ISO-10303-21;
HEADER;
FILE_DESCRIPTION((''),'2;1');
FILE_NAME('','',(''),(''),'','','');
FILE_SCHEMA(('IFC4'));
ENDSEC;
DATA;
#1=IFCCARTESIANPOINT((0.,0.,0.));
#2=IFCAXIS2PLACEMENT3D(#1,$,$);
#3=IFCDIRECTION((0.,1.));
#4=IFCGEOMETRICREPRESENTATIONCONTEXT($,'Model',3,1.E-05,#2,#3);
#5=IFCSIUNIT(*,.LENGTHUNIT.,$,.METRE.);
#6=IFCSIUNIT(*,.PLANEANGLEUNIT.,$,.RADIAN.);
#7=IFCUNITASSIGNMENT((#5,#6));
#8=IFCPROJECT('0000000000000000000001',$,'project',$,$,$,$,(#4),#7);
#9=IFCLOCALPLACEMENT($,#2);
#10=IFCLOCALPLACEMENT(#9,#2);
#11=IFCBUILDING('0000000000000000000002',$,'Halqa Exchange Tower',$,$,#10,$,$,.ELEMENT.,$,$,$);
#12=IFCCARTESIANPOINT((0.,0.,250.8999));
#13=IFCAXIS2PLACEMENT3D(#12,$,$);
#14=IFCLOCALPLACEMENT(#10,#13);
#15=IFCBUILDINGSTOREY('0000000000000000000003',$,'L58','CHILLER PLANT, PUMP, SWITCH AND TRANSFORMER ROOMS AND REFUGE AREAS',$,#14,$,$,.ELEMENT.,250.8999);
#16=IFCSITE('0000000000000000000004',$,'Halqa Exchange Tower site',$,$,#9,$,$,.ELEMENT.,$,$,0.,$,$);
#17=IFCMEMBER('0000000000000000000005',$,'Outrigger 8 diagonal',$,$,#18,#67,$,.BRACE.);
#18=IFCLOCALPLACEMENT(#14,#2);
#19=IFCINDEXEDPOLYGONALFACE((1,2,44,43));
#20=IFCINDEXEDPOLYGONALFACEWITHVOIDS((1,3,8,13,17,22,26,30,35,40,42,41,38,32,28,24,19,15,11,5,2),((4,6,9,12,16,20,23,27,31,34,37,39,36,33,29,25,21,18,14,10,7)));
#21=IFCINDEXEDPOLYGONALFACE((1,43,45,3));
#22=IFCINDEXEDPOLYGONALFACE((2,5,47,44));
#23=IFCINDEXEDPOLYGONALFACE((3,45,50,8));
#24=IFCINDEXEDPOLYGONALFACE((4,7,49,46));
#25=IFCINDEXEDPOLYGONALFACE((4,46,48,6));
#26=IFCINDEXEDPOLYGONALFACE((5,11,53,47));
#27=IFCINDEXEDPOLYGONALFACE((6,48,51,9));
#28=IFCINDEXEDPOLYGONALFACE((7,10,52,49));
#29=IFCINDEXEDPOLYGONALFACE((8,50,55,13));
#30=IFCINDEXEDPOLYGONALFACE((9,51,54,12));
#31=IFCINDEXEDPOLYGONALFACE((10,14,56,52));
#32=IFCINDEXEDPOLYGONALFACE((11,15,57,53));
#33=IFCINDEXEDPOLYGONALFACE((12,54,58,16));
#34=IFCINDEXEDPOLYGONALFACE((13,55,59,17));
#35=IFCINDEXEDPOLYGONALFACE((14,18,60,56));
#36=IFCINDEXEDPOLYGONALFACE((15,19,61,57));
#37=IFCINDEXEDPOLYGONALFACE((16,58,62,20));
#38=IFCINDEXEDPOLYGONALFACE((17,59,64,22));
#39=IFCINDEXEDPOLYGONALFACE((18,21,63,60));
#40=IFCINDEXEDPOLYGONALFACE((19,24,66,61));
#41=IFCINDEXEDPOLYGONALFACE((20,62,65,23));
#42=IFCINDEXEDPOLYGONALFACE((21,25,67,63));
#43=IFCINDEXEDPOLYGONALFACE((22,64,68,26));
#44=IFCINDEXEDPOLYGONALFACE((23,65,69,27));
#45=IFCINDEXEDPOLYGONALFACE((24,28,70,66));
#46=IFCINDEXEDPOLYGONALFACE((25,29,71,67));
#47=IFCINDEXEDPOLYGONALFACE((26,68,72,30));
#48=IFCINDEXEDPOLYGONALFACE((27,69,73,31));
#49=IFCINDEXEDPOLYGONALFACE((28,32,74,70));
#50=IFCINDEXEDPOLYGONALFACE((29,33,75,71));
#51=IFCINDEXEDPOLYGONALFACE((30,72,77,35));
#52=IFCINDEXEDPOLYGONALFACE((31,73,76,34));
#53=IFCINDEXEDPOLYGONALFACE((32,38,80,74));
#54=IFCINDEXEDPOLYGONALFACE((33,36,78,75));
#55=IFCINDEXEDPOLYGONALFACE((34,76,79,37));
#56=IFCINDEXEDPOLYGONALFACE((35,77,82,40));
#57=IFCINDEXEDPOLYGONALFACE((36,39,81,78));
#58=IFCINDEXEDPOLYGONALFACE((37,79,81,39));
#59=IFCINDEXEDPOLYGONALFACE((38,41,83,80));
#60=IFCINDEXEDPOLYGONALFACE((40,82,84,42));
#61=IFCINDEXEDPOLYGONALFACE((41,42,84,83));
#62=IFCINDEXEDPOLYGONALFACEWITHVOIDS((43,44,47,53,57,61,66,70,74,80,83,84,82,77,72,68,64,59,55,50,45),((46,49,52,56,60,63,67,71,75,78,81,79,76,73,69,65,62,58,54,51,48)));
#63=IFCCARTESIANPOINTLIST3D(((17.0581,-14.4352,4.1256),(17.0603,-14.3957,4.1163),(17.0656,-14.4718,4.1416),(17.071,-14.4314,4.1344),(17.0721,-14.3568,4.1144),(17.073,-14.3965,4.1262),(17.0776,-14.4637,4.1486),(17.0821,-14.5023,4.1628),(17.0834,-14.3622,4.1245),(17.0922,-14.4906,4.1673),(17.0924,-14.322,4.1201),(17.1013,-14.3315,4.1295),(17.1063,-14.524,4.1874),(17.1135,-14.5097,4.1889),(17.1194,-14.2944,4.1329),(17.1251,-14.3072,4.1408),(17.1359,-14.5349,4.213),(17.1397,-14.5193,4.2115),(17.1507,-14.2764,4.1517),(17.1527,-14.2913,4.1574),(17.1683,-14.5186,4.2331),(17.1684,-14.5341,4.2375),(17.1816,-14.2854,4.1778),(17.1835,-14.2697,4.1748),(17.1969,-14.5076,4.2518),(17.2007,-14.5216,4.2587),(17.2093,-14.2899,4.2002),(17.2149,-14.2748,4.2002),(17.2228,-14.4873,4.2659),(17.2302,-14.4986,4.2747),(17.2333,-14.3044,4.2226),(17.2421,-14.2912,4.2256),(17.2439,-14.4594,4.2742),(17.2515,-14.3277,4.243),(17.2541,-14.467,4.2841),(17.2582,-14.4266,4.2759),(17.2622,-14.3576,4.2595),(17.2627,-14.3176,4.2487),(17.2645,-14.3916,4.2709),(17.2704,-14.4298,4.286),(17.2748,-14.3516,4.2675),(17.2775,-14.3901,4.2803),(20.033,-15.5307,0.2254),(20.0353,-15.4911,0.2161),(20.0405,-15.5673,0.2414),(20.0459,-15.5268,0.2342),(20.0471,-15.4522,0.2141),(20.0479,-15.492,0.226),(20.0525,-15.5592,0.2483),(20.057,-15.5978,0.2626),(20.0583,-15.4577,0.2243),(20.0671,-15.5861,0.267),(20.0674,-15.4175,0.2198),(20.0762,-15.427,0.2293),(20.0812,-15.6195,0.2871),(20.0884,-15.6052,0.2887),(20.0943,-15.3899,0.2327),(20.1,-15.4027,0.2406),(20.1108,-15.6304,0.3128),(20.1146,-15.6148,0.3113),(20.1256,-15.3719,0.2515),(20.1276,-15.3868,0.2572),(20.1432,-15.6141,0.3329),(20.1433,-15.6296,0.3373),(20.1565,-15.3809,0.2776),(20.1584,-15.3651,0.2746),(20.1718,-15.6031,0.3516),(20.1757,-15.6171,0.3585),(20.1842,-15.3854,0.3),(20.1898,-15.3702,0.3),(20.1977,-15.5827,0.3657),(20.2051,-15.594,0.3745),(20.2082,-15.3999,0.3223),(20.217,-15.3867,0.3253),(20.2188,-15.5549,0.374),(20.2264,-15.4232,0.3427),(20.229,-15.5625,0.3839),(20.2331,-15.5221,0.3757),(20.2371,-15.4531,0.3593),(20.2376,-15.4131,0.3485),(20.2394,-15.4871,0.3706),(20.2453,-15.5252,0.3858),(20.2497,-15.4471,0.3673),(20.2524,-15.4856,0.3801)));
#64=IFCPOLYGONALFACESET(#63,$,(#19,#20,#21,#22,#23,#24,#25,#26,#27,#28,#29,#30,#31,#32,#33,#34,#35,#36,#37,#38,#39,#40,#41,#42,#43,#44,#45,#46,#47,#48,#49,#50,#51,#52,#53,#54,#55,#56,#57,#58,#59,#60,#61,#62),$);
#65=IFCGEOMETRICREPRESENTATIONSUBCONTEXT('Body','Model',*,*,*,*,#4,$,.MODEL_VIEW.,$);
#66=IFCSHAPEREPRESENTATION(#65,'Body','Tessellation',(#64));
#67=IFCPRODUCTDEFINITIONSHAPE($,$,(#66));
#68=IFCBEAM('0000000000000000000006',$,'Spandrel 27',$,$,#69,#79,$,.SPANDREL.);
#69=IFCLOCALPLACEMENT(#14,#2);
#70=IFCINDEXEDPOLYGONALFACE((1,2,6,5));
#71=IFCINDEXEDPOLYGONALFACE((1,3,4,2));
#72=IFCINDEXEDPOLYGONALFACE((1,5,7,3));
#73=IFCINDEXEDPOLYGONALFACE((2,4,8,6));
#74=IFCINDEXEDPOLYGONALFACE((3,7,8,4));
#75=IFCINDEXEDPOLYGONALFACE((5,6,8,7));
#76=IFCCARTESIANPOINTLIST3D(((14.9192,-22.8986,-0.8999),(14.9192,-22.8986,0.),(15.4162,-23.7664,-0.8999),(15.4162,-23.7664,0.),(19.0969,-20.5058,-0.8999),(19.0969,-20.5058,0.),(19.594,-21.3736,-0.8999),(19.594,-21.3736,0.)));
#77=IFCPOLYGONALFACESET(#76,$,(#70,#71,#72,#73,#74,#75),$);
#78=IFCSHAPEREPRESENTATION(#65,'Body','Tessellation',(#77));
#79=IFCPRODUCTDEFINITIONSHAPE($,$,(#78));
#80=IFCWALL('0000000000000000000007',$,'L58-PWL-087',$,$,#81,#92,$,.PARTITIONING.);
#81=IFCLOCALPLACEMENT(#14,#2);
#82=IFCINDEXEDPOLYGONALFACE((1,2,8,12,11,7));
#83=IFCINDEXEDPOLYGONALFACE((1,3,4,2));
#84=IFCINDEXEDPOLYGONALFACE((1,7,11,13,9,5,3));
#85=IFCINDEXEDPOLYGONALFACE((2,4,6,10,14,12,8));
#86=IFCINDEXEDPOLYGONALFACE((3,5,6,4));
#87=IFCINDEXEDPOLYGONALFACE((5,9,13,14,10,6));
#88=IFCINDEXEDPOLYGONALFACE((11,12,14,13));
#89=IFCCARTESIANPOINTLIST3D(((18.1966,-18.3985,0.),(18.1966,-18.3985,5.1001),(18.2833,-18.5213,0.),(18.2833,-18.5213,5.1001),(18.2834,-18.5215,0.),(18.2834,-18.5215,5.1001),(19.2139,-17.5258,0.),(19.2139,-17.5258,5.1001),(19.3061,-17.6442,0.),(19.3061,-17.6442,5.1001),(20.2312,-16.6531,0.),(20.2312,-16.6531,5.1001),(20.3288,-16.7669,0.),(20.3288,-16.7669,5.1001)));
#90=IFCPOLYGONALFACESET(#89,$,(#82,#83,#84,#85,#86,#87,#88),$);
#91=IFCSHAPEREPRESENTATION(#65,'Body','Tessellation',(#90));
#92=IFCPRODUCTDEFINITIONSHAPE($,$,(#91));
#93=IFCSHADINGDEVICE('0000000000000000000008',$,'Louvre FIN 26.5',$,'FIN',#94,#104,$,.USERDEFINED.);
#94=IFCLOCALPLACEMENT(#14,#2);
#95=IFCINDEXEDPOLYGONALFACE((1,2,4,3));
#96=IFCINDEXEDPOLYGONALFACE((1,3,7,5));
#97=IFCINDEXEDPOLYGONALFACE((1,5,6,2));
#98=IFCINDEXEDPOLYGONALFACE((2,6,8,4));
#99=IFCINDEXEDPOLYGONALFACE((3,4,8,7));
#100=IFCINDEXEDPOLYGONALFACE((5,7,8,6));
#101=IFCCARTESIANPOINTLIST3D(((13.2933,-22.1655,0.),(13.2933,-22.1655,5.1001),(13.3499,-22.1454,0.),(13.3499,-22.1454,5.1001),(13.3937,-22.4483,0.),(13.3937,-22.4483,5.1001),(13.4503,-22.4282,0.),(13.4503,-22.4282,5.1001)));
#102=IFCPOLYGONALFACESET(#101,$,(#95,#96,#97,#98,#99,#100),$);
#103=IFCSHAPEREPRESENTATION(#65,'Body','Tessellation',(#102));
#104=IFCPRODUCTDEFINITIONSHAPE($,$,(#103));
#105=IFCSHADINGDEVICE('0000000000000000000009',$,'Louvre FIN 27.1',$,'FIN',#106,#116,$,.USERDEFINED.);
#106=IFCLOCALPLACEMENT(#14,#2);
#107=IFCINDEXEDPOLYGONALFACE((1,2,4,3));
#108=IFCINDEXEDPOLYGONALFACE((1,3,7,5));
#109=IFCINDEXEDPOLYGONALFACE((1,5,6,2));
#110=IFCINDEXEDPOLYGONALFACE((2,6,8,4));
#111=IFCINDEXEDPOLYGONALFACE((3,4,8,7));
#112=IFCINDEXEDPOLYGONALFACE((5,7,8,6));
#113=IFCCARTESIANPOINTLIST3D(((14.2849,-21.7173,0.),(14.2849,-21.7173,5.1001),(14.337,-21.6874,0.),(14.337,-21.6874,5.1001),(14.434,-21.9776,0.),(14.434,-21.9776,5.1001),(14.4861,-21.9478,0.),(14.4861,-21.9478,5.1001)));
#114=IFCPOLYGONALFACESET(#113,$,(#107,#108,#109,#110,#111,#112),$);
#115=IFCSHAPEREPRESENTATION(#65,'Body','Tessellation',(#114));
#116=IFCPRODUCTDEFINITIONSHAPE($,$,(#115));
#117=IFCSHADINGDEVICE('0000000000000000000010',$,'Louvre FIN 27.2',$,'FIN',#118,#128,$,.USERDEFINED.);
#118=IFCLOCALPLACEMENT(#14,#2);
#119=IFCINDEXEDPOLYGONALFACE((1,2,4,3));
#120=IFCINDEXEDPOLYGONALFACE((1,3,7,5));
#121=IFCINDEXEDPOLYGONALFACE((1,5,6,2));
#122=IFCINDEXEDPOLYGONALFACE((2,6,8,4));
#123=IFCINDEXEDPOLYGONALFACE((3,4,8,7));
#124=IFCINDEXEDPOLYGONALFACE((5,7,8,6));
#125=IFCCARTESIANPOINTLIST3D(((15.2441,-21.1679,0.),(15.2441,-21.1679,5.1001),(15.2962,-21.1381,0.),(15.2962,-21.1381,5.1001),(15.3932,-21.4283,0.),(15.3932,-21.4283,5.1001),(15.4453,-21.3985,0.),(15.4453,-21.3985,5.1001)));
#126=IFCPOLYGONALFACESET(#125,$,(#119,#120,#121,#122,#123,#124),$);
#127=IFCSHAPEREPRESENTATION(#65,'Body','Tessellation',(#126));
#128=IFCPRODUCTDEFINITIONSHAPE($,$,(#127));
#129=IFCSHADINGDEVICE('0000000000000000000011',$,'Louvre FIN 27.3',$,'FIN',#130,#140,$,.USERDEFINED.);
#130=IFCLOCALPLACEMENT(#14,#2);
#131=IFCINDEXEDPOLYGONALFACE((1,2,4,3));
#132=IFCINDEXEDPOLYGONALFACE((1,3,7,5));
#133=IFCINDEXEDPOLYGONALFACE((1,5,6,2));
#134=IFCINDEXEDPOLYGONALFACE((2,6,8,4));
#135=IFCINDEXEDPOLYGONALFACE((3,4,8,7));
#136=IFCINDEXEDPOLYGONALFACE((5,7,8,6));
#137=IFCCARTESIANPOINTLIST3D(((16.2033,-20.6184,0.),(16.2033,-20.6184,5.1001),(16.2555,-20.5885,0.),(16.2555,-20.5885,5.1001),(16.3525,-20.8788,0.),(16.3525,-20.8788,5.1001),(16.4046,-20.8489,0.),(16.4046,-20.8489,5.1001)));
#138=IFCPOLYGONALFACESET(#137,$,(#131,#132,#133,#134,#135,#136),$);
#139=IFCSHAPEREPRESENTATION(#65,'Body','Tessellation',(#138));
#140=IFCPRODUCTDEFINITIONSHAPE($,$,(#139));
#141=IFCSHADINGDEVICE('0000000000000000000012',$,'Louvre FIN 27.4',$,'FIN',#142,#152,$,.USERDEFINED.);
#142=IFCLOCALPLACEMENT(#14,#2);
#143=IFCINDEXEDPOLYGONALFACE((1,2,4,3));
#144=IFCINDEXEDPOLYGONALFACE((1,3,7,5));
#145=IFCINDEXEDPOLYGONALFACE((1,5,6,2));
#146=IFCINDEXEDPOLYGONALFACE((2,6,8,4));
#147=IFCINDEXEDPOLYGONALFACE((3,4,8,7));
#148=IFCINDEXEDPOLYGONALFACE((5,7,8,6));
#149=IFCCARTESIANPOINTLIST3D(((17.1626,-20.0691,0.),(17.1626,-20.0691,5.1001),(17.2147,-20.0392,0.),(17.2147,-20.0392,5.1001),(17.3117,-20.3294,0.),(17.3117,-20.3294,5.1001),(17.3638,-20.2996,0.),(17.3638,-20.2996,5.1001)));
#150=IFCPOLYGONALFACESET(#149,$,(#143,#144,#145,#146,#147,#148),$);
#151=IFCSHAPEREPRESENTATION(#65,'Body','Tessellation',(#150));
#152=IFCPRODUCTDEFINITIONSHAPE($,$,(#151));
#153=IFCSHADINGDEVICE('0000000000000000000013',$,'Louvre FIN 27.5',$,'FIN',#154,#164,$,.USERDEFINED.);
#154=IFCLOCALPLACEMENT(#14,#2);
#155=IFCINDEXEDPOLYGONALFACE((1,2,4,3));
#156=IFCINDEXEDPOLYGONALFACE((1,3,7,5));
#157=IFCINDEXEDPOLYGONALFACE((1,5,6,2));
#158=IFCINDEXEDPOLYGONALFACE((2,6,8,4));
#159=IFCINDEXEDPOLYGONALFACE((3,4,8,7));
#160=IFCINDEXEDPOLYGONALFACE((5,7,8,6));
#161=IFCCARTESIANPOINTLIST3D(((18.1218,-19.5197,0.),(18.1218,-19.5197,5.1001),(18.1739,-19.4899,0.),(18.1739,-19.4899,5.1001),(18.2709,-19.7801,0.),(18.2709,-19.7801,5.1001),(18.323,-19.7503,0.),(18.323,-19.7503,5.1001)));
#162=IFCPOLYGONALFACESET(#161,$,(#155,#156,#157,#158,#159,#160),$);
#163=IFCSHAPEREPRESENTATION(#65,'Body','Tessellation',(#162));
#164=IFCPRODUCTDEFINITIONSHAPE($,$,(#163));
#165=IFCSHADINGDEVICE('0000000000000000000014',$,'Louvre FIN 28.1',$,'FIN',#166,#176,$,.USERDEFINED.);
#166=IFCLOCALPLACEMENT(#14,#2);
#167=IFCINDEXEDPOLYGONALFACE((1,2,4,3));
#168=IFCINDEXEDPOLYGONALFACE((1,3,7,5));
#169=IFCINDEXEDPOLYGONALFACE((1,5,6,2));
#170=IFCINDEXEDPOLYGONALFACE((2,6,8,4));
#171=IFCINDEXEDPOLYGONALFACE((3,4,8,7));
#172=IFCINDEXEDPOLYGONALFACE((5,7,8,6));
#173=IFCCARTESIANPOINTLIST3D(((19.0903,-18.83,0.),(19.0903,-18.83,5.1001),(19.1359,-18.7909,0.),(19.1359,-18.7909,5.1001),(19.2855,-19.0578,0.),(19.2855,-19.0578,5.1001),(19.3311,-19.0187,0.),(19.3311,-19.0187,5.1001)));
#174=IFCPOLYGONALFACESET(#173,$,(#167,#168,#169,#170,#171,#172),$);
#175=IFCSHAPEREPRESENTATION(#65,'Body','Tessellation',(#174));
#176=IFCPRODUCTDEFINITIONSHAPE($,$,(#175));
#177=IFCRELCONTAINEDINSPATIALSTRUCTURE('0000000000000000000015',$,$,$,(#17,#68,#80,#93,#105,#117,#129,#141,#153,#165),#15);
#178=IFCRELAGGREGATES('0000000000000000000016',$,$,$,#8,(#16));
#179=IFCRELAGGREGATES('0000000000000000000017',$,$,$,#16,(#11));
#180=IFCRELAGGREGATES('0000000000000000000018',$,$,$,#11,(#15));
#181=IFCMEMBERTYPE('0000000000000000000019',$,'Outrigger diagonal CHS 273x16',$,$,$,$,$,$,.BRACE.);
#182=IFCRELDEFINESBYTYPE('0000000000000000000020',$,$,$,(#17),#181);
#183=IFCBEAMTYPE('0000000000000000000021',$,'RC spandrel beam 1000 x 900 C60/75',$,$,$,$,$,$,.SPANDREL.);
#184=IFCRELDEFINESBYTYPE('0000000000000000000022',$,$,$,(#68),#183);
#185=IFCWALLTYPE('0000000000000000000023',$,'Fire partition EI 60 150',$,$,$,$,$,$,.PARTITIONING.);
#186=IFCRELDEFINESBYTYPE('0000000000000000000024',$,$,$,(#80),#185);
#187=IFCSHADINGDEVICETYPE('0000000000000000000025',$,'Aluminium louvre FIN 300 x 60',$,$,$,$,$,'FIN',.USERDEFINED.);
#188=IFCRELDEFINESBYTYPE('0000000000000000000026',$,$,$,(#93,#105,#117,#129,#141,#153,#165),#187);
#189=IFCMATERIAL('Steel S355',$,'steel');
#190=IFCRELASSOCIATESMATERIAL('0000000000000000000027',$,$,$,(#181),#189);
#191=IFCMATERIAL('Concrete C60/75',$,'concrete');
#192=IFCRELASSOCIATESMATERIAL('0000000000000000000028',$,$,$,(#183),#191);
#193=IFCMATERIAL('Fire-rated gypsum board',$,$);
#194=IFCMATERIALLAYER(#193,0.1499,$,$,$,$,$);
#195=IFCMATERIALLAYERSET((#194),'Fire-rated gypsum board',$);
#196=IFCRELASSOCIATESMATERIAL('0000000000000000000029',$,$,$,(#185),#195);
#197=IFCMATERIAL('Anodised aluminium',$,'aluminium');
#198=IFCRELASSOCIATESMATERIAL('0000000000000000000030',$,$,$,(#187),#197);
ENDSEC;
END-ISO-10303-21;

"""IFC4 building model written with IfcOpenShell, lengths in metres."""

from ifc_helpers import new_model, si_unit, direction, frame, origin, origin_2d, place, context, subcontext, project, spatial, polyline, rectangle, hollow_circle, outline, extrude, material, layer, layer_set, material_profile, profile_set, type_object, element, save


model = new_model("IFC4")

# Units and contexts
model_context = context("Model", 3, precision=1e-05, world=origin(), true_north=direction((0.0, 1.0)))
body_context = subcontext(model_context, "Body", "Model", "MODEL_VIEW")
ifc_project = project(units=[si_unit("LENGTHUNIT", "METRE"), si_unit("PLANEANGLEUNIT", "RADIAN")], contexts=[model_context])

# Site, building, storey
site_placement = place(None, origin())
site = spatial("IfcSite", under=ifc_project, at=site_placement, Name="Halqa Exchange Tower site", CompositionType="ELEMENT", RefElevation=0.0)
building_placement = place(site_placement, origin())
building = spatial("IfcBuilding", under=site, at=building_placement, Name="Halqa Exchange Tower", CompositionType="ELEMENT")
storey_placement = place(building_placement, frame((0.0, 0.0, 250.8999)))
storey = spatial("IfcBuildingStorey", under=building, at=storey_placement, Name="L58", Description="CHILLER PLANT, PUMP, SWITCH AND TRANSFORMER ROOMS AND REFUGE AREAS", CompositionType="ELEMENT", Elevation=250.8999)

# Shared definitions
ifc_material_1 = material(Name="Concrete C60/75", Category="concrete")

# Member
ifc_material_2 = material(Name="Steel S355", Category="steel")
ifc_material_profile_1 = material_profile(ifc_material_2, hollow_circle(Radius=0.1365, WallThickness=0.0161, at=origin_2d()), Name="CHS 273x16")
ifc_profile_set_1 = profile_set([ifc_material_profile_1], Name="Steel S355")
member_type_1 = type_object("IfcMemberType", Name="Outrigger diagonal CHS 273x16", PredefinedType="BRACE", material=ifc_profile_set_1)
member_1_placement = place(storey_placement, frame((17.1677, -14.4028, 4.2002), z_axis=(0.59189, -0.217957, -0.77599), x_axis=(0.345555, 0.938398, 0.0)))
element("IfcMember", 1, at=member_1_placement, inside=storey, type_object=member_type_1, Name="Outrigger 8 diagonal", PredefinedType="BRACE", context=body_context, shape_type="SweptSolid", body=[
    extrude(hollow_circle(Radius=0.1365, WallThickness=0.0161, at=origin_2d()), origin(), (0.0, 0.0, 1.0), 5.0261),
])

# Beam
ifc_material_profile_2 = material_profile(ifc_material_1, rectangle(XDim=1.0, YDim=0.8999, at=origin_2d()), Name="1000 x 900")
ifc_profile_set_2 = profile_set([ifc_material_profile_2], Name="Concrete C60/75")
beam_type = type_object("IfcBeamType", Name="RC spandrel beam 1000 x 900 C60/75", PredefinedType="SPANDREL", material=ifc_profile_set_2)
beam_placement = place(storey_placement, frame((15.1677, -23.3325, -0.45), z_axis=(0.867747, 0.497007, 0.0), x_axis=(-0.497007, 0.867747, 0.0)))
element("IfcBeam", 2, at=beam_placement, inside=storey, type_object=beam_type, Name="Spandrel 27", PredefinedType="SPANDREL", context=body_context, shape_type="SweptSolid", body=[
    extrude(rectangle(XDim=1.0, YDim=0.8999, at=origin_2d()), origin(), (0.0, 0.0, 1.0), 4.8145),
])

# Shared definitions
ifc_material_3 = material(Name="Fire-rated gypsum board")
ifc_layer_1 = layer(ifc_material_3, 0.1499)
ifc_layer_set_1 = layer_set([ifc_layer_1], Name="Fire-rated gypsum board")
wall_type = type_object("IfcWallType", Name="Fire partition EI 60 150", PredefinedType="PARTITIONING", material=ifc_layer_set_1)

# Wall
wall_1_placement = place(storey_placement, frame((18.2346, -18.4646, 0.0), z_axis=(0.0, 0.0, 1.0), x_axis=(0.758994, 0.651097, 0.0)))
element("IfcWall", 3, at=wall_1_placement, inside=storey, type_object=wall_type, Name="L58-PWL-087", PredefinedType="PARTITIONING", context=body_context, shape_type="SweptSolid", body=[
    extrude(outline(polyline([(2.6948, 0.075), (1.3545, 0.075), (0.0142, 0.075), (0.0, -0.0747), (0.0, -0.075), (1.3474, -0.075), (2.6948, -0.075), (2.6948, 0.075)])), origin(), (0.0, 0.0, 1.0), 5.1001),
])

# Shading devices
ifc_material_4 = material(Name="Anodised aluminium", Category="aluminium")
ifc_material_profile_3 = material_profile(ifc_material_4, rectangle(XDim=0.3, YDim=0.0601, at=origin_2d()), Name="AL FIN 300x60")
ifc_profile_set_3 = profile_set([ifc_material_profile_3], Name="Anodised aluminium")
shading_device_type = type_object("IfcShadingDeviceType", Name="Aluminium louvre FIN 300 x 60", ElementType="FIN", PredefinedType="USERDEFINED", material=ifc_profile_set_3)
for number, where, z_axis, x_axis, name in (
    (4, (13.3718, -22.2969, 0.0), (0.0, 0.0, 1.0), (-0.334578, 0.942368, 0.0), "Louvre FIN 26.5"),
    (5, (14.3855, -21.8325, 0.0), (0.0, 0.0, 1.0), (-0.496985, 0.867759, 0.0), "Louvre FIN 27.1"),
    (6, (15.3447, -21.2832, 0.0), (0.0, 0.0, 1.0), (-0.496985, 0.867759, 0.0), "Louvre FIN 27.2"),
    (7, (16.304, -20.7336, 0.0), (0.0, 0.0, 1.0), (-0.496985, 0.867759, 0.0), "Louvre FIN 27.3"),
    (8, (17.2632, -20.1843, 0.0), (0.0, 0.0, 1.0), (-0.496985, 0.867759, 0.0), "Louvre FIN 27.4"),
    (9, (18.2224, -19.635, 0.0), (0.0, 0.0, 1.0), (-0.496985, 0.867759, 0.0), "Louvre FIN 27.5"),
    (10, (19.2107, -18.9243, 0.0), (0.0, 0.0, 1.0), (-0.650795, 0.759253, 0.0), "Louvre FIN 28.1"),
):
    element("IfcShadingDevice", number, at=place(storey_placement, frame(where, z_axis=z_axis, x_axis=x_axis)), inside=storey, type_object=shading_device_type, Name=name, ObjectType="FIN", PredefinedType="USERDEFINED", context=body_context, shape_type="SweptSolid", body=[
        extrude(rectangle(XDim=0.3, YDim=0.0601, at=origin_2d()), origin(), (0.0, 0.0, 1.0), 5.1001),
    ])

save(model, "model.ifc")
